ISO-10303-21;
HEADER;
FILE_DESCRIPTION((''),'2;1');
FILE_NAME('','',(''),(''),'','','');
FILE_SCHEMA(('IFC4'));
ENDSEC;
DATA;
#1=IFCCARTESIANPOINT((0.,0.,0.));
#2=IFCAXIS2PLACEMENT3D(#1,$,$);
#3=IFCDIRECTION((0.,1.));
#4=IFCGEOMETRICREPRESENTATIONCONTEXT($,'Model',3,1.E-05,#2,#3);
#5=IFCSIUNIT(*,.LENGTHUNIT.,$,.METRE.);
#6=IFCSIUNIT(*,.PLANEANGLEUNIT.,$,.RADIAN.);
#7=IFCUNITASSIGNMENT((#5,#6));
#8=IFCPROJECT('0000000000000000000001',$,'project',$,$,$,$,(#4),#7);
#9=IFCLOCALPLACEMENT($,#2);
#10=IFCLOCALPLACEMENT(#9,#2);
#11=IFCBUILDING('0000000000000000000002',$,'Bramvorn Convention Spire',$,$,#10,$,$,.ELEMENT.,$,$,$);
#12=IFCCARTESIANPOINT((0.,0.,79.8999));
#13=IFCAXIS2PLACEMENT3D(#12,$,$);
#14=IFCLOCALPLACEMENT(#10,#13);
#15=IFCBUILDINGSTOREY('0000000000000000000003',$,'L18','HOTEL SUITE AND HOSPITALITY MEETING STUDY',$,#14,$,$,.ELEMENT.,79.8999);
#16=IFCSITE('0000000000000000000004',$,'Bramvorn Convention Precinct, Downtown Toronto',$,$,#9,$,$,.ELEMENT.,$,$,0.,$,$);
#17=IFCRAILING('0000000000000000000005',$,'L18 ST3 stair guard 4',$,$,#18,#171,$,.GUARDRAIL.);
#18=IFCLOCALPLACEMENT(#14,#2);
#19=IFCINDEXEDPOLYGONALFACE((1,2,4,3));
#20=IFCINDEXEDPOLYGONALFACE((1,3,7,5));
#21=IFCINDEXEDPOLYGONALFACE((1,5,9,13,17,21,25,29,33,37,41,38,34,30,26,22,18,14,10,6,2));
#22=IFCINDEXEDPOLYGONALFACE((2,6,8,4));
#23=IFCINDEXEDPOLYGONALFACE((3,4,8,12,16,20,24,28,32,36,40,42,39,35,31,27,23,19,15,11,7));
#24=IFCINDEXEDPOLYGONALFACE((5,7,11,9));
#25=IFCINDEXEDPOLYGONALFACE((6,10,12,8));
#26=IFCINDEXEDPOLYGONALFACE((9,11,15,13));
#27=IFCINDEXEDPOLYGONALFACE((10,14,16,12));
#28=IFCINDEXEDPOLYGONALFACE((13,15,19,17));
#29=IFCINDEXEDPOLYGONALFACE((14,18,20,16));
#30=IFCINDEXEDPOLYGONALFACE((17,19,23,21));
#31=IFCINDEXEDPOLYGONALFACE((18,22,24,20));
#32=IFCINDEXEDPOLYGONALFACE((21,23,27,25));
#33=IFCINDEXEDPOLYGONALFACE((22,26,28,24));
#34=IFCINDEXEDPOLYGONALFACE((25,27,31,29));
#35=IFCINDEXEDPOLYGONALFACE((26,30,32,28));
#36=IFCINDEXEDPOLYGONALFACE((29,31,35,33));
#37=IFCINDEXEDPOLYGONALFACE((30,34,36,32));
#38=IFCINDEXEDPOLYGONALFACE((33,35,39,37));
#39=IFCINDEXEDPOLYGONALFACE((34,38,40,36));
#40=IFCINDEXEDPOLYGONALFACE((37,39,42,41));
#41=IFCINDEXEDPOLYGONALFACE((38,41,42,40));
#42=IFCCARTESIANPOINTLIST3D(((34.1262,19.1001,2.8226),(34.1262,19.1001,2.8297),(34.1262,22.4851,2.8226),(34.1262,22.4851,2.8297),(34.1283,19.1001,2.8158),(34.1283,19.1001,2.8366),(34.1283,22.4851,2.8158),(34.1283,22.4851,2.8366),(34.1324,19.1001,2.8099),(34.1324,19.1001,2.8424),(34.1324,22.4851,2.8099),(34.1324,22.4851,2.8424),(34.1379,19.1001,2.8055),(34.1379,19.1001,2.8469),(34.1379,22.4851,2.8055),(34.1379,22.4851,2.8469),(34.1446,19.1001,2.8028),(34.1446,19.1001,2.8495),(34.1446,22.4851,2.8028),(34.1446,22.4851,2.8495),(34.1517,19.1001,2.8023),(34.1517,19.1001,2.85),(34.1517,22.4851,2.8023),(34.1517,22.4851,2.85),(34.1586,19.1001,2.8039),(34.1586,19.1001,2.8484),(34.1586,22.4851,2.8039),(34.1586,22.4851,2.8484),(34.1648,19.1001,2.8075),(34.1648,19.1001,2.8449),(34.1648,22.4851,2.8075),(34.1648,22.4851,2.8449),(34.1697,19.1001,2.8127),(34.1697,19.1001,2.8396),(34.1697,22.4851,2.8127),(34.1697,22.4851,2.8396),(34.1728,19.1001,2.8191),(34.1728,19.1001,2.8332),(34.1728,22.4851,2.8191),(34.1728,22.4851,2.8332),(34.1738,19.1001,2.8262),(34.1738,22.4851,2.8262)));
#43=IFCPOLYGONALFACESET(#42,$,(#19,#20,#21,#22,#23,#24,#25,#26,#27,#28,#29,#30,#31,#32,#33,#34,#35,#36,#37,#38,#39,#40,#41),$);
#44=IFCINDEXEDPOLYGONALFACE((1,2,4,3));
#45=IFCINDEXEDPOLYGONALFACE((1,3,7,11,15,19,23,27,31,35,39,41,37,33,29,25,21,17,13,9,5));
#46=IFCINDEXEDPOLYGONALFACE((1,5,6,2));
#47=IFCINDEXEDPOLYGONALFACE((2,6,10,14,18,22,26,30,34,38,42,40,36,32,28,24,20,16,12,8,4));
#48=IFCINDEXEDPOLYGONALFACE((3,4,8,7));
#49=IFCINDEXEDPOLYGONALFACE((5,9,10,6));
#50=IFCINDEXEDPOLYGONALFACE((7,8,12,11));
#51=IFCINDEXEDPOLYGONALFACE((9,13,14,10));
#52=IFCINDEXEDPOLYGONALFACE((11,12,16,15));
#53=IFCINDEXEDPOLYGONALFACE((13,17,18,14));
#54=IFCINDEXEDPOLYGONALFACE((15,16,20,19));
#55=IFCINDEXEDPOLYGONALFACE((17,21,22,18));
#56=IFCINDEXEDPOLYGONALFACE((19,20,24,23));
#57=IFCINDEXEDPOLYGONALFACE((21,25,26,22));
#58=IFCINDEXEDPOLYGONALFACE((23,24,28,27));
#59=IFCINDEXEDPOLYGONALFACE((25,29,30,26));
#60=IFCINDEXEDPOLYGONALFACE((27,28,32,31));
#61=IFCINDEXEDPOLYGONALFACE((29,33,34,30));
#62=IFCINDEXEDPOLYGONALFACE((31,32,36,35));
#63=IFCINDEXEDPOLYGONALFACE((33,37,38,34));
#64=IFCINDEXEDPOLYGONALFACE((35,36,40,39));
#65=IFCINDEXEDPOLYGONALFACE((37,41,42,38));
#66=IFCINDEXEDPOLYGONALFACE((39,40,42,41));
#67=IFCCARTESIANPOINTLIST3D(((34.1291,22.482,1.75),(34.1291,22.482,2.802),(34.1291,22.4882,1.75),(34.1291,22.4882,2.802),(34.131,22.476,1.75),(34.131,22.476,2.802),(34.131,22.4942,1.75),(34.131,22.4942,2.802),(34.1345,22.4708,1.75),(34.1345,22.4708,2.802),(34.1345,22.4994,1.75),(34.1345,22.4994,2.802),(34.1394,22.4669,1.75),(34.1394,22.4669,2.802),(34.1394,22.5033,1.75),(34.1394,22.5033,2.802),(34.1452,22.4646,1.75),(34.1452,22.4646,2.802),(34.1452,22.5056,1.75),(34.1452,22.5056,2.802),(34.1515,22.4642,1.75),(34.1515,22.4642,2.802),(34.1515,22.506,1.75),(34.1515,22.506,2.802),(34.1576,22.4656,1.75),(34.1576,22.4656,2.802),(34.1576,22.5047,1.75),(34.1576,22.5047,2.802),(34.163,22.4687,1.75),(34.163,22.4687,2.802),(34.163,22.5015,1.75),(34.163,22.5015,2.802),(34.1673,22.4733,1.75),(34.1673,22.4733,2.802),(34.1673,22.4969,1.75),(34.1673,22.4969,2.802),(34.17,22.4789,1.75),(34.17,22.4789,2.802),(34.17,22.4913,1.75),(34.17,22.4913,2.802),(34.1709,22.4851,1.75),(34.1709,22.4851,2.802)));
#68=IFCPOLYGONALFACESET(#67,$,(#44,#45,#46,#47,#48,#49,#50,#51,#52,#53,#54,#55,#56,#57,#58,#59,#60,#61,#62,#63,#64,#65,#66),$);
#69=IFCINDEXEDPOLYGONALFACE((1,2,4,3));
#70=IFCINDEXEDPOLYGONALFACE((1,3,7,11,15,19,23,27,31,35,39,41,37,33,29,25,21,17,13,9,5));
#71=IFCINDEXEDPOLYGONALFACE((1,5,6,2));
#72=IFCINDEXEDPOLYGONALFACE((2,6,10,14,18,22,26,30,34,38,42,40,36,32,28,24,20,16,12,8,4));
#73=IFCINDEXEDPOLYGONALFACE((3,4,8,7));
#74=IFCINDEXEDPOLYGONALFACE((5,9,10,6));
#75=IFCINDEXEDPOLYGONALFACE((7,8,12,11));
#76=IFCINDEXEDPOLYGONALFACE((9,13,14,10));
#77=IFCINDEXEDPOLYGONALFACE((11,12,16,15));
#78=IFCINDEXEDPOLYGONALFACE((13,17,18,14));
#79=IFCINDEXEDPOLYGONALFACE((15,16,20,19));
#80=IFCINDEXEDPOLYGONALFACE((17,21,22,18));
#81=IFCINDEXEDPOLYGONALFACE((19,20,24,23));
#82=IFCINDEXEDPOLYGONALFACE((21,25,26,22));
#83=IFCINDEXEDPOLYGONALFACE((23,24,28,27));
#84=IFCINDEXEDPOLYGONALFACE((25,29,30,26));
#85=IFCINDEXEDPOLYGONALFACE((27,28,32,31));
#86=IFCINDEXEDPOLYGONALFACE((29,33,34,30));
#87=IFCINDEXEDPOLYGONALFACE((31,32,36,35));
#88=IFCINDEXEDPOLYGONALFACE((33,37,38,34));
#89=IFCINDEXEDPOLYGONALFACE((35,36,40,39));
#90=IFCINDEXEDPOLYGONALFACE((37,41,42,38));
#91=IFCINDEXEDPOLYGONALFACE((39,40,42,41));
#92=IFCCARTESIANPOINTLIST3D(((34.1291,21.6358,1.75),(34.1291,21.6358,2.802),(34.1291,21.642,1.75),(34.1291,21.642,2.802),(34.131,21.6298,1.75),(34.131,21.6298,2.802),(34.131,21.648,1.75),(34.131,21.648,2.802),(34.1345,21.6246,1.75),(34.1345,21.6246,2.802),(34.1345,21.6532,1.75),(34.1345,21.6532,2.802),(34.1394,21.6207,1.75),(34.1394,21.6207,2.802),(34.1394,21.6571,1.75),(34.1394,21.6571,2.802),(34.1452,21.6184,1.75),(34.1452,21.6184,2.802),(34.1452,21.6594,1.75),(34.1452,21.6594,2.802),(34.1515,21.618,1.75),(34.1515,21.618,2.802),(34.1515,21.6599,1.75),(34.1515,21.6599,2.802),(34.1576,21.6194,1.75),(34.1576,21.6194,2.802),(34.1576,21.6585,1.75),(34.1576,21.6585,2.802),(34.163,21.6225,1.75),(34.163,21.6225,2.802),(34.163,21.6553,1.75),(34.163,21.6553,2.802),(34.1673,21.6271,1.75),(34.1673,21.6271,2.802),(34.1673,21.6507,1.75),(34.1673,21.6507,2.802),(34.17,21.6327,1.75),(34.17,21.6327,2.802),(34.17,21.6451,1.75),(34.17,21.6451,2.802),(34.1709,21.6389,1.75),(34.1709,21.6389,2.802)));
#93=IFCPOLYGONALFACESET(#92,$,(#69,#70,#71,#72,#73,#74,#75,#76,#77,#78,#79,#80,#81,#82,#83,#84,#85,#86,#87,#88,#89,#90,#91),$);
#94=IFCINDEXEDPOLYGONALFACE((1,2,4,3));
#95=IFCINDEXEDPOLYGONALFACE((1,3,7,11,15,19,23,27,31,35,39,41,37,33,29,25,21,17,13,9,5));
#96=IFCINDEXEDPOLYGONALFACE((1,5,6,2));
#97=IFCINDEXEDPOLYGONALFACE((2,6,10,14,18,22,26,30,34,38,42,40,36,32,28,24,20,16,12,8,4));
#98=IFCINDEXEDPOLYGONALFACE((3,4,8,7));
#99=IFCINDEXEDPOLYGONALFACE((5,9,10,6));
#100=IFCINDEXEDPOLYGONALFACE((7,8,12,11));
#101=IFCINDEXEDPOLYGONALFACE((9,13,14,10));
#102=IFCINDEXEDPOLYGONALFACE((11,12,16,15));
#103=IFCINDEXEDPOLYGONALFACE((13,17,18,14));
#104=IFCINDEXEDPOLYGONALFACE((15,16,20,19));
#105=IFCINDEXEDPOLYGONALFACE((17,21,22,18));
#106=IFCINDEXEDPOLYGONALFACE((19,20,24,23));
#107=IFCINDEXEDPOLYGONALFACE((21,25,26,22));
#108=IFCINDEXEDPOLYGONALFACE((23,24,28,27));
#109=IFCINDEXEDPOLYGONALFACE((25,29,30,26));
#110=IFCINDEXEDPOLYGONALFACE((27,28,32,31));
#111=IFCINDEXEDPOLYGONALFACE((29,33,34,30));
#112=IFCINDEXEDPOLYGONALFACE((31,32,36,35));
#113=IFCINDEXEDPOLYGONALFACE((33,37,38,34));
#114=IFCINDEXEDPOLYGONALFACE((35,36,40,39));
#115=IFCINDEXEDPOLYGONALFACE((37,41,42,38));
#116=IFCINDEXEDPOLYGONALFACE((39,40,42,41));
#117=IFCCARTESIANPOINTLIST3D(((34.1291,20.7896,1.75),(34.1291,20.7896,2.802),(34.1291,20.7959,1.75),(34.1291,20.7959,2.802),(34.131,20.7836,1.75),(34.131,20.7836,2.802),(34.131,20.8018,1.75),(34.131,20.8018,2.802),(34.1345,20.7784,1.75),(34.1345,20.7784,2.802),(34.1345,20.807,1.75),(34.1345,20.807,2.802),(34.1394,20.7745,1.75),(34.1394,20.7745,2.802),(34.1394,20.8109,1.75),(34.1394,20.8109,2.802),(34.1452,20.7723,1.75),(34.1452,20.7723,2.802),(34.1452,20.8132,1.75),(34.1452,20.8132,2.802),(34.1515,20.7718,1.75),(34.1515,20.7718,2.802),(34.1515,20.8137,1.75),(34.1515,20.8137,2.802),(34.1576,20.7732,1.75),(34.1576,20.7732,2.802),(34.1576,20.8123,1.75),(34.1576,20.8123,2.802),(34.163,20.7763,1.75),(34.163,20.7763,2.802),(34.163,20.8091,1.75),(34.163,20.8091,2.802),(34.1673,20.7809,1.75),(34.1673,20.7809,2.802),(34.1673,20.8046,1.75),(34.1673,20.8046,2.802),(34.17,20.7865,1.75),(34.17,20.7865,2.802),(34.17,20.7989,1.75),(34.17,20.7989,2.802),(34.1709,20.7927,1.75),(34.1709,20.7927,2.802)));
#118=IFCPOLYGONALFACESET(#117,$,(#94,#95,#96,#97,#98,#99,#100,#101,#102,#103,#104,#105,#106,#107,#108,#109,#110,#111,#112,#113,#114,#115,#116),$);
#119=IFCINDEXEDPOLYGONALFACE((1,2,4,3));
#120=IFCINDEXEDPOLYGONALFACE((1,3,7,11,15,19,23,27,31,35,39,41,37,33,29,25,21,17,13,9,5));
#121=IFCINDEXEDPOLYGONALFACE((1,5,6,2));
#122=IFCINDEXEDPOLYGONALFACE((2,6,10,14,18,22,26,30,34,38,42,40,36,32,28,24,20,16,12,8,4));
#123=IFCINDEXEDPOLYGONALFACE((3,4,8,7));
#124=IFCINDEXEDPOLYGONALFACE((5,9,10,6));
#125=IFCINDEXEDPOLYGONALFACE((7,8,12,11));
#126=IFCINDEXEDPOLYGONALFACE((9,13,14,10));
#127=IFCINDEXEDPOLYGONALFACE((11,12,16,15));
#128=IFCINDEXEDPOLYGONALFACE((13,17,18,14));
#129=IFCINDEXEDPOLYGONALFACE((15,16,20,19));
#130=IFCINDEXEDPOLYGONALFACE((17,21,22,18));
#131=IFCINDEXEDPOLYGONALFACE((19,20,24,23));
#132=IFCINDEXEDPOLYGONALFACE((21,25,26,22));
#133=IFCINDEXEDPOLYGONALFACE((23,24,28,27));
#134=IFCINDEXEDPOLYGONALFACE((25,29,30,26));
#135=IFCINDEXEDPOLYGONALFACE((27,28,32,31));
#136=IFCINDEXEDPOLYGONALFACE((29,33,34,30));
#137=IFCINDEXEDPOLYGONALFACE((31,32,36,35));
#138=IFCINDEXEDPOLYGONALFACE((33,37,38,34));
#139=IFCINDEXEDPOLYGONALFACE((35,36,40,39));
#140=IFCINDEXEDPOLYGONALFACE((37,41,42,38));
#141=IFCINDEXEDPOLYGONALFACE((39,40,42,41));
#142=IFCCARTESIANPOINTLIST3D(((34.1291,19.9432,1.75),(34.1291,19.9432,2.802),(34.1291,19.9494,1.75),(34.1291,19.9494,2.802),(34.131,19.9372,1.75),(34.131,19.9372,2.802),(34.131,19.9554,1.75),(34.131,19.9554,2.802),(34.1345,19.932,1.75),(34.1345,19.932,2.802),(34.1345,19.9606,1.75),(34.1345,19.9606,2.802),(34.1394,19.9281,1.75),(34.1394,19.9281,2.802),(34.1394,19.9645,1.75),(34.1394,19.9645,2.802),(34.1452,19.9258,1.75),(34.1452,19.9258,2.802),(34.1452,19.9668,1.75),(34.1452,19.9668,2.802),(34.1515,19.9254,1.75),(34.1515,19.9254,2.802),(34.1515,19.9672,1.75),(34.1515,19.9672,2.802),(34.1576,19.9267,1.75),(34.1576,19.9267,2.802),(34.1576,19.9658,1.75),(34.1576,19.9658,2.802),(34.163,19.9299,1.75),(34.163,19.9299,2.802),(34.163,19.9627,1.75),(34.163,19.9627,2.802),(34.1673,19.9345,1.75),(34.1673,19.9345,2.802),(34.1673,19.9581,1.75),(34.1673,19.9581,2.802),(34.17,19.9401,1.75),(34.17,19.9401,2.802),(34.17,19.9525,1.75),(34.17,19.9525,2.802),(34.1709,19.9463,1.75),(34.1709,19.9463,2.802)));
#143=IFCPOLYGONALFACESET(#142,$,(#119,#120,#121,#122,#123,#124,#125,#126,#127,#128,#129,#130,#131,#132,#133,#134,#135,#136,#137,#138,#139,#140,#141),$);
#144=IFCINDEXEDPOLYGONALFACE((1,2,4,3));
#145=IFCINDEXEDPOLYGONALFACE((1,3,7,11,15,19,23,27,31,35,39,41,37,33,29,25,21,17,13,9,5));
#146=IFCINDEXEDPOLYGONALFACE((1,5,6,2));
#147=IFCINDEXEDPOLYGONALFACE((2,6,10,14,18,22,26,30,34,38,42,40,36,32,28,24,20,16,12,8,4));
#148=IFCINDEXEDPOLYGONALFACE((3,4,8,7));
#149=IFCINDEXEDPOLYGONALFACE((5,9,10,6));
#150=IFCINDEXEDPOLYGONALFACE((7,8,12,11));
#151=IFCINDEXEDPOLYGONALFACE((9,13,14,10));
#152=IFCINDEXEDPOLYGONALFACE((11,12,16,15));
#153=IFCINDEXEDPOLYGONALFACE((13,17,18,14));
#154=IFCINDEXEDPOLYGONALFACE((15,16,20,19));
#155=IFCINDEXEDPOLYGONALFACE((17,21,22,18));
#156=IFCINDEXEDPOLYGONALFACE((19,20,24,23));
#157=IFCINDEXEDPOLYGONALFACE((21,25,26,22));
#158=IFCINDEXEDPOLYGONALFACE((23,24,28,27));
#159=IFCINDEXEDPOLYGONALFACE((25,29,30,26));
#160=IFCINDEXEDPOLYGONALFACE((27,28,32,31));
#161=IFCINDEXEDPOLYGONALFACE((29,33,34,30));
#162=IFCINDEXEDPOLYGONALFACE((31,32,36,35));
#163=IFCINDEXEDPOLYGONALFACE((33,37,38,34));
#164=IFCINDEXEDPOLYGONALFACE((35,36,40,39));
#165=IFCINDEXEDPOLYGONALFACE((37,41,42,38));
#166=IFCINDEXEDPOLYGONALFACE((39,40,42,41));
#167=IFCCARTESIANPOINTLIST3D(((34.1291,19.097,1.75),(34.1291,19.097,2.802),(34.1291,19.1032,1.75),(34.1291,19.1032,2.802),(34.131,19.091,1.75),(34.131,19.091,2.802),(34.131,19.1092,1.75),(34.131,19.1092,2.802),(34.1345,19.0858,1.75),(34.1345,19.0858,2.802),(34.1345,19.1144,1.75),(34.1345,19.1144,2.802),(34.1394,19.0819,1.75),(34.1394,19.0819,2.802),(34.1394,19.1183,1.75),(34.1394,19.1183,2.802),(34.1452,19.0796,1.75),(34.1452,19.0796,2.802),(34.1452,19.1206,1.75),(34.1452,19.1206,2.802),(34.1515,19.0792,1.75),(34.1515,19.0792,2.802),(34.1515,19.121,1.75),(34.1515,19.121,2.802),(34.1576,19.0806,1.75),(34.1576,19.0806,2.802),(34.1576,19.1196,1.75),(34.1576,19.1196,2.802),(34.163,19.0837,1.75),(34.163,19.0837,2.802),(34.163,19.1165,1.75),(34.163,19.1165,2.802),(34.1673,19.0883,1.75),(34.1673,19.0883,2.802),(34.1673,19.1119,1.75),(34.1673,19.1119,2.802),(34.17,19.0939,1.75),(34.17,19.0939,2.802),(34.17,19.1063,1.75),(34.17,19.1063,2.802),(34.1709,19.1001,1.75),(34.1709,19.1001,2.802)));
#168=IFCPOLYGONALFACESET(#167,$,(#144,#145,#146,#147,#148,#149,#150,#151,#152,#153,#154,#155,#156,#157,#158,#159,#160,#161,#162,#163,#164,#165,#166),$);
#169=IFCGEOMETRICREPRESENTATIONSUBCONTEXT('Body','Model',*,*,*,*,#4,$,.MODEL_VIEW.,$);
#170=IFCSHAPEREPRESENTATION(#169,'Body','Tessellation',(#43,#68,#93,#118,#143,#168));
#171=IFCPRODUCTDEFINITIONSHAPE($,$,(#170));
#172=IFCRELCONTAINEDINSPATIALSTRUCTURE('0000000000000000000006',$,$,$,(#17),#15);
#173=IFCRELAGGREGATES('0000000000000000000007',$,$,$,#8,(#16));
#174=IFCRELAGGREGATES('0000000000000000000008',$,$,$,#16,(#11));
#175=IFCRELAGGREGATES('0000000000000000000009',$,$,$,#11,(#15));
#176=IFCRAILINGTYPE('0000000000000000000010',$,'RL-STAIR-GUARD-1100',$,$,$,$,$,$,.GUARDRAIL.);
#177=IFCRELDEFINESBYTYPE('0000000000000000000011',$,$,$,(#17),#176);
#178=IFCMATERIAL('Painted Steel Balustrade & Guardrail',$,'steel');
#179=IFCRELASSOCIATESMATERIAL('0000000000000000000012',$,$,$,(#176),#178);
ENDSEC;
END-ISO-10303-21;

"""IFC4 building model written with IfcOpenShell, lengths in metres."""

from ifc_helpers import new_model, si_unit, direction, frame, origin, origin_2d, place, context, subcontext, project, spatial, circle, extrude, material, type_object, element, save


model = new_model("IFC4")

# Units and contexts
model_context = context("Model", 3, precision=1e-05, world=origin(), true_north=direction((0.0, 1.0)))
body_context = subcontext(model_context, "Body", "Model", "MODEL_VIEW")
ifc_project = project(units=[si_unit("LENGTHUNIT", "METRE"), si_unit("PLANEANGLEUNIT", "RADIAN")], contexts=[model_context])

# Site, building, storey
site_placement = place(None, origin())
site = spatial("IfcSite", under=ifc_project, at=site_placement, Name="Bramvorn Convention Precinct, Downtown Toronto", CompositionType="ELEMENT", RefElevation=0.0)
building_placement = place(site_placement, origin())
building = spatial("IfcBuilding", under=site, at=building_placement, Name="Bramvorn Convention Spire", CompositionType="ELEMENT")
storey_placement = place(building_placement, frame((0.0, 0.0, 79.8999)))
storey = spatial("IfcBuildingStorey", under=building, at=storey_placement, Name="L18", Description="HOTEL SUITE AND HOSPITALITY MEETING STUDY", CompositionType="ELEMENT", Elevation=79.8999)

# Railing
ifc_material_1 = material(Name="Painted Steel Balustrade & Guardrail", Category="steel")
railing_type_1 = type_object("IfcRailingType", Name="RL-STAIR-GUARD-1100", PredefinedType="GUARDRAIL", material=ifc_material_1)
for number, where, name in (
    (1, (34.1499, 22.4851, 1.75), "L18 ST3 stair guard 4"),
):
    element("IfcRailing", number, at=place(storey_placement, frame(where)), inside=storey, type_object=railing_type_1, Name=name, PredefinedType="GUARDRAIL", context=body_context, shape_type="SweptSolid", body=[
        extrude(circle(Radius=0.0239, at=origin_2d()), frame((0.0, 0.0, 1.0762), z_axis=(0.0, -1.0, 0.0), x_axis=(1.0, 0.0, 0.0)), (0.0, 0.0, 1.0), 3.385),
        extrude(circle(Radius=0.021, at=origin_2d()), origin(), (0.0, 0.0, 1.0), 1.052),
        extrude(circle(Radius=0.021, at=origin_2d()), frame((0.0, -0.8462, 0.0)), (0.0, 0.0, 1.0), 1.052),
        extrude(circle(Radius=0.021, at=origin_2d()), frame((0.0, -1.6924, 0.0)), (0.0, 0.0, 1.0), 1.052),
        extrude(circle(Radius=0.021, at=origin_2d()), frame((0.0, -2.5388, 0.0)), (0.0, 0.0, 1.0), 1.052),
        extrude(circle(Radius=0.021, at=origin_2d()), frame((0.0, -3.385, 0.0)), (0.0, 0.0, 1.0), 1.052),
    ])

save(model, "model.ifc")
